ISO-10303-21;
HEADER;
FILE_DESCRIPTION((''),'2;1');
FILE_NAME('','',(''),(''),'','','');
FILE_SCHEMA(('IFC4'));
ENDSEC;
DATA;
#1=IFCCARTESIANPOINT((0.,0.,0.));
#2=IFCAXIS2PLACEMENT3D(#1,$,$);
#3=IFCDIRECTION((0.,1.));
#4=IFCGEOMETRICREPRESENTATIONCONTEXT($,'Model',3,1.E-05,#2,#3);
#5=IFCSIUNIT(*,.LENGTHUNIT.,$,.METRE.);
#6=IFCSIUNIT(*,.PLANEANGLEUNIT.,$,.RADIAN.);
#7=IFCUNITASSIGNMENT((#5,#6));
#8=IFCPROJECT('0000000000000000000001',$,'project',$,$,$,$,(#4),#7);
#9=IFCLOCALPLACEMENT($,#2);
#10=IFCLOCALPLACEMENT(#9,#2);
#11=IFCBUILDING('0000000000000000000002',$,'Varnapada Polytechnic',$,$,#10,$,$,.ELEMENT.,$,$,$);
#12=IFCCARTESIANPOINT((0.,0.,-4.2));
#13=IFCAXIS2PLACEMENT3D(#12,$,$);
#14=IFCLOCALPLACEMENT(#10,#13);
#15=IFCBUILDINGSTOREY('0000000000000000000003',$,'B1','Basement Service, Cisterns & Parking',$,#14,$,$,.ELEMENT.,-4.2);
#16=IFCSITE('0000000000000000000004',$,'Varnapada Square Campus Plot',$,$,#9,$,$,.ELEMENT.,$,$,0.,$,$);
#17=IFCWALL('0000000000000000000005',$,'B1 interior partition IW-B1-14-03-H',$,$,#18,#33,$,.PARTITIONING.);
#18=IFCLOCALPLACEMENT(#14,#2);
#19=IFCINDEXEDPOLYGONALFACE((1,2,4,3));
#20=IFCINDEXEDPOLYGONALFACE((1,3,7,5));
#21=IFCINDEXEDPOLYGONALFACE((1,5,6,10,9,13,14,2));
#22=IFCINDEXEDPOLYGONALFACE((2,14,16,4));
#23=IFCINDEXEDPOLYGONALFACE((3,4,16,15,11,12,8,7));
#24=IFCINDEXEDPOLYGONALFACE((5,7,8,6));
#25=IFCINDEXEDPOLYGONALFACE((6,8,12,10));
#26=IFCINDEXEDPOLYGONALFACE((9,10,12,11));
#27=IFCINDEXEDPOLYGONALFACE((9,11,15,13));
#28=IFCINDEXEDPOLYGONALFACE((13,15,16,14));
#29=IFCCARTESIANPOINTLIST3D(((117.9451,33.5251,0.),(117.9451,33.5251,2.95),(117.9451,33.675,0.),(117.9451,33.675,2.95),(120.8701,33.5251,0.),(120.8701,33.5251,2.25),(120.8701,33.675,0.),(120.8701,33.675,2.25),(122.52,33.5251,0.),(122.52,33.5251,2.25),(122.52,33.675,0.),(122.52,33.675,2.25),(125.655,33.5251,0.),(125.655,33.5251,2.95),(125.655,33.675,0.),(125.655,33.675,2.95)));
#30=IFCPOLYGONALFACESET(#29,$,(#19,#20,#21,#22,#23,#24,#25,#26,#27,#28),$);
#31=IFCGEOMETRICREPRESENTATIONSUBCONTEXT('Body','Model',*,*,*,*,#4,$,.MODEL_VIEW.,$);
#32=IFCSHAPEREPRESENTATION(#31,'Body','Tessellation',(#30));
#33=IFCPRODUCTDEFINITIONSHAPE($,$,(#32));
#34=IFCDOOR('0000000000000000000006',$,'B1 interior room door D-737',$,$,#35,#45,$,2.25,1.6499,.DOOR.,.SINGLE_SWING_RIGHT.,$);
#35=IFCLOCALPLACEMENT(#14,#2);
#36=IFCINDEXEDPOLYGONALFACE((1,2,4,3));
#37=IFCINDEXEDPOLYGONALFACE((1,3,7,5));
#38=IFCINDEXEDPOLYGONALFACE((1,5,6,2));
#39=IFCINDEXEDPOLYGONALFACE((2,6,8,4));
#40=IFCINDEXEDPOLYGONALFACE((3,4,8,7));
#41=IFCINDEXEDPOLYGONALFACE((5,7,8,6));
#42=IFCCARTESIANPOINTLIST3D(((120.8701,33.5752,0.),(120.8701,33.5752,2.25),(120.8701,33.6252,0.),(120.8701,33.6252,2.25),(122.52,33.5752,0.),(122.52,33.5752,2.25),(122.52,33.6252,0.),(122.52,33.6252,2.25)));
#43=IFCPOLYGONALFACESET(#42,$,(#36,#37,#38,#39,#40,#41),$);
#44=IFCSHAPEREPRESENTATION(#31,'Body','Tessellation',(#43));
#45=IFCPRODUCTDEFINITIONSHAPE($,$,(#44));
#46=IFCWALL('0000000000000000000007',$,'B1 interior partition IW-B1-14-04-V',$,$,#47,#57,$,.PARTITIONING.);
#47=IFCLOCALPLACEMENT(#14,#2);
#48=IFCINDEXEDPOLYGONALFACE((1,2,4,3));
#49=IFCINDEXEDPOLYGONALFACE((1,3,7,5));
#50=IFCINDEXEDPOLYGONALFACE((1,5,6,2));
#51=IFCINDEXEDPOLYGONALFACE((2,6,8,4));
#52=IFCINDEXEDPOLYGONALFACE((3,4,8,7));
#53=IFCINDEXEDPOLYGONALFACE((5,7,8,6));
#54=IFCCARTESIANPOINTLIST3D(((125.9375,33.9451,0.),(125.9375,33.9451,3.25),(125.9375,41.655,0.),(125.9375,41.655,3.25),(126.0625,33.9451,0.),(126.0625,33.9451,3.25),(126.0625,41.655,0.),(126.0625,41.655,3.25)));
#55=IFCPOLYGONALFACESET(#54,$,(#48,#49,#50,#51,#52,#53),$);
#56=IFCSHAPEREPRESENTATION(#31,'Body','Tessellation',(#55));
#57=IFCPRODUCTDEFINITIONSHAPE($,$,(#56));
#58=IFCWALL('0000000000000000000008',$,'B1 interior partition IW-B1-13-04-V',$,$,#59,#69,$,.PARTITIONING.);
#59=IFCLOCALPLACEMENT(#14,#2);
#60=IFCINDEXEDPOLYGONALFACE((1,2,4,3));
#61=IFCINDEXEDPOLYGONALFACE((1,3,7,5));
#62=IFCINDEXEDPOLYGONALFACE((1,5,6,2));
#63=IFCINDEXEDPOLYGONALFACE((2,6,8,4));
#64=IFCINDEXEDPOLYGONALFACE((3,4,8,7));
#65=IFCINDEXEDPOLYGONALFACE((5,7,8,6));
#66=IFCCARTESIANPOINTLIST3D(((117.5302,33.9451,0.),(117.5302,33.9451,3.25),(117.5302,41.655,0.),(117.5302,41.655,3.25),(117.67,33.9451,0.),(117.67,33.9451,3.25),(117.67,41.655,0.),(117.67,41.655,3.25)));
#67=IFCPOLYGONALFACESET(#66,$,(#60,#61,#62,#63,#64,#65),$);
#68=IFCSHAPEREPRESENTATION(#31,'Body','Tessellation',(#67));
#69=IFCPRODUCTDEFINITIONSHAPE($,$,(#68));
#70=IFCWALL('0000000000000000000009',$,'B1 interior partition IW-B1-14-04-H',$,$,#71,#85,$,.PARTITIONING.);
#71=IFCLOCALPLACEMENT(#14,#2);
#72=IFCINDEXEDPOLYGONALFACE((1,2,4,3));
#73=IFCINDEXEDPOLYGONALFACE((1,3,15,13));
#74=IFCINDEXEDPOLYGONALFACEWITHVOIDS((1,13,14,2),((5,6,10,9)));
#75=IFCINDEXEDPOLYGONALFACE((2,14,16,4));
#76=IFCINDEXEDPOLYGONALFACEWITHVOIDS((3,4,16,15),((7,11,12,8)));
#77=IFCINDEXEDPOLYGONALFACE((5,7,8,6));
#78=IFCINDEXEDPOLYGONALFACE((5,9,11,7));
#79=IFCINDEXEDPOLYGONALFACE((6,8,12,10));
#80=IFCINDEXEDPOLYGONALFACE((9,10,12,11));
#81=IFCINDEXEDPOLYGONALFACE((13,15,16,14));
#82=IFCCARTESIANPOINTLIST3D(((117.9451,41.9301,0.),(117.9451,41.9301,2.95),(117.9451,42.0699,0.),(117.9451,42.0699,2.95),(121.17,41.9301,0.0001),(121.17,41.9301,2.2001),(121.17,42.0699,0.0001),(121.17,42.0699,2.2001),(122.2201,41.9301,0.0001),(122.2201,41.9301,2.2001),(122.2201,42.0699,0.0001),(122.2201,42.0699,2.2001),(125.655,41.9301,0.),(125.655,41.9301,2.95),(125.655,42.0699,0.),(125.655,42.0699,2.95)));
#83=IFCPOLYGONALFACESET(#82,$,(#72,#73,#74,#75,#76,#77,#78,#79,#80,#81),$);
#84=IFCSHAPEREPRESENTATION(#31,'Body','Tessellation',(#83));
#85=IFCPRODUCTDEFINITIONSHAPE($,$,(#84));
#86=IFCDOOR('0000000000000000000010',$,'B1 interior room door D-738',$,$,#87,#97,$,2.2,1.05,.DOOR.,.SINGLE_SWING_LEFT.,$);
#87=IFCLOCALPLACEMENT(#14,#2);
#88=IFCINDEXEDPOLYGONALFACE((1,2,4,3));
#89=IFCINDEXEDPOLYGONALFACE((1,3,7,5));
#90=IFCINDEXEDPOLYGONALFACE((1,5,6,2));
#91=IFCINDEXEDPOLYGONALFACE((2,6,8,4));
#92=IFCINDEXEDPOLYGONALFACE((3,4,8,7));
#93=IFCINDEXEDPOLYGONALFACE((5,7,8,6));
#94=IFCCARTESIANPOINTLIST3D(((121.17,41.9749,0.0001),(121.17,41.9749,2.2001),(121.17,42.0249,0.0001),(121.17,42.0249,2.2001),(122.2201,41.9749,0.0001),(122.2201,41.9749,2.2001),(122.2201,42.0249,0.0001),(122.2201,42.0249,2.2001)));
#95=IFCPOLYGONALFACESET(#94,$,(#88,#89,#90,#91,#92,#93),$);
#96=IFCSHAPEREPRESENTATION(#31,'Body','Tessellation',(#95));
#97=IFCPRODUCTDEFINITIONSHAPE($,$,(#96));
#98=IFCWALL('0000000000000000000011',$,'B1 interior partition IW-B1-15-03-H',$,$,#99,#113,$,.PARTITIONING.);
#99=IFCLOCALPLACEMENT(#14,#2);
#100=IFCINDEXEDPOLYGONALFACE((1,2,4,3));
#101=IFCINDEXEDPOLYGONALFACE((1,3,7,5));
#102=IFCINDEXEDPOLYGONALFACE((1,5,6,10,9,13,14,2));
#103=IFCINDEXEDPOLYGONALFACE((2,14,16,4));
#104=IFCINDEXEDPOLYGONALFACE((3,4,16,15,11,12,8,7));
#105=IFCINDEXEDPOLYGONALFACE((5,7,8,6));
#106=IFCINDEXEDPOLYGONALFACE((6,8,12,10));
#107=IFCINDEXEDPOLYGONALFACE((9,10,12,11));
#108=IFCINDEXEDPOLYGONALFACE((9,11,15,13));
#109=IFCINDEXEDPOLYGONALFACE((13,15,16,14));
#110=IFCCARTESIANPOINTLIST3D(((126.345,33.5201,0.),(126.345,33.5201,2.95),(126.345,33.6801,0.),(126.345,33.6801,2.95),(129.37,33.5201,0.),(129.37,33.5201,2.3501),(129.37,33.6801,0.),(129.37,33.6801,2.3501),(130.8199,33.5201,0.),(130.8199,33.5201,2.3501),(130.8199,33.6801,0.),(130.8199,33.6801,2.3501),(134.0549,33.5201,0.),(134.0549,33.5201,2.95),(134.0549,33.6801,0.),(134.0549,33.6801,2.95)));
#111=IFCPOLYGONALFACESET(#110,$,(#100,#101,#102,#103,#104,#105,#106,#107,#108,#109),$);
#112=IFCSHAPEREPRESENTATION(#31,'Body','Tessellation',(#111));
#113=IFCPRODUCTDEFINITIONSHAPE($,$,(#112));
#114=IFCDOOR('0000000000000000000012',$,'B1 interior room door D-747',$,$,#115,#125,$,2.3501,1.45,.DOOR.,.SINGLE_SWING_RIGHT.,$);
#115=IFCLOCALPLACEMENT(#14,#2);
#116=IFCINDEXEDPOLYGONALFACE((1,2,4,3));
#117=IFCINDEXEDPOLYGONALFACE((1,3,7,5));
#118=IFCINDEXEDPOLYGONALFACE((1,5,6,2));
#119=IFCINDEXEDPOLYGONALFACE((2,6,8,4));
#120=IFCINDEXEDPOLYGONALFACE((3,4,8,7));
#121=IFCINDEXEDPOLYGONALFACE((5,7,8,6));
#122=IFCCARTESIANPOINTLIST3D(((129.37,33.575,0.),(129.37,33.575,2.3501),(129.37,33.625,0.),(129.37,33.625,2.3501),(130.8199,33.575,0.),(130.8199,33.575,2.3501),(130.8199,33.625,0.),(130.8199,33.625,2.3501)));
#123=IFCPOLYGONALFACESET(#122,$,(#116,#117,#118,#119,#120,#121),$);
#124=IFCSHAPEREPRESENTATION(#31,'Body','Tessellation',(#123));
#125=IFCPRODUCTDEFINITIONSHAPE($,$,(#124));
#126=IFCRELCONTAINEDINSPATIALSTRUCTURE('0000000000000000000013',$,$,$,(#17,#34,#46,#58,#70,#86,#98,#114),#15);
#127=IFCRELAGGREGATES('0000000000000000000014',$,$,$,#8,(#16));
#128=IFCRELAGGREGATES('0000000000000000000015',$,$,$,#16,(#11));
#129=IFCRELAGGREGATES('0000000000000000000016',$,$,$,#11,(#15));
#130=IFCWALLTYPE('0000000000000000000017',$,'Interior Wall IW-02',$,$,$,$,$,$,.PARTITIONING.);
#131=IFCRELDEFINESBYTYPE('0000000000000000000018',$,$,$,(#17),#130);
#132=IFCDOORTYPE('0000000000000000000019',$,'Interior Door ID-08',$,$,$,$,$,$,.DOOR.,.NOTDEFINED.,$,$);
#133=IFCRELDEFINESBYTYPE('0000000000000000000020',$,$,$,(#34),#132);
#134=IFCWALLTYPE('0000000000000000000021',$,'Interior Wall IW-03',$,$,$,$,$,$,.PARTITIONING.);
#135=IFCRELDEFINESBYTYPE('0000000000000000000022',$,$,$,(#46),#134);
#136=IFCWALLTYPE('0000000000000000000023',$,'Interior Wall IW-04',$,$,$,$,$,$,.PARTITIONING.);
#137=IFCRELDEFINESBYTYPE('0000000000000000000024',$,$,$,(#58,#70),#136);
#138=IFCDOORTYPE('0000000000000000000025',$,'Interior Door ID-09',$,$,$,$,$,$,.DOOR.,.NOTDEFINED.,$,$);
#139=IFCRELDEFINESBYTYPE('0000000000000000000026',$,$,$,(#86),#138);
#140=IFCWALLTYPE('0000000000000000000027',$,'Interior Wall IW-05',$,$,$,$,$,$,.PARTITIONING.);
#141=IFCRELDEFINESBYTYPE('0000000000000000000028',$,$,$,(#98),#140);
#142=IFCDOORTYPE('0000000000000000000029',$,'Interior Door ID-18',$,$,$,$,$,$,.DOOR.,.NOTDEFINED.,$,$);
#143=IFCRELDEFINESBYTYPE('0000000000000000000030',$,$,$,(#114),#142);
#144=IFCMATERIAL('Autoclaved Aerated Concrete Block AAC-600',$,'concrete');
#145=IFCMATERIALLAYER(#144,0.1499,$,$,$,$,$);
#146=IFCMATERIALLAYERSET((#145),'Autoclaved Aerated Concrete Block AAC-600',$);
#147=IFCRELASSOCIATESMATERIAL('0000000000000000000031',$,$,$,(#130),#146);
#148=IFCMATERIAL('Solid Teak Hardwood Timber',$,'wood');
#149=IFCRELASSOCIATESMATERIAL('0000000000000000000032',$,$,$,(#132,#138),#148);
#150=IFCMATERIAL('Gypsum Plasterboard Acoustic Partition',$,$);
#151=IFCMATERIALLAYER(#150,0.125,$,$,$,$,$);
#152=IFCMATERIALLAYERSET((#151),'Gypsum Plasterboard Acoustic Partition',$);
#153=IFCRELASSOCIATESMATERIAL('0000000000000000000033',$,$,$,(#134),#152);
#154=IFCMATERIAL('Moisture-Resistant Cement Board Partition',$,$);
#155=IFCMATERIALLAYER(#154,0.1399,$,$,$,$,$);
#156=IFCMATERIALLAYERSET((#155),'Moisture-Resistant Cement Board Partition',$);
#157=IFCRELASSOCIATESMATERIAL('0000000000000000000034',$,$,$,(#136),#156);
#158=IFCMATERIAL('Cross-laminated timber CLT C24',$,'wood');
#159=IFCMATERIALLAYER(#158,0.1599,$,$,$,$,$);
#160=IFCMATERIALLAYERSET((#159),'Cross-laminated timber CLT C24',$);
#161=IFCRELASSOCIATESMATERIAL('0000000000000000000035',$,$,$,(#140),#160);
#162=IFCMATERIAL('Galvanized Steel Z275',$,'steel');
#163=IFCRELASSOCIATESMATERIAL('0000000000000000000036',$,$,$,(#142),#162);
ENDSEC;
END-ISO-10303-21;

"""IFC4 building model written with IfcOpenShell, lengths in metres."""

from ifc_helpers import new_model, si_unit, direction, frame, frame_2d, origin, place, context, subcontext, project, spatial, rectangle, extrude, material, layer, layer_set, type_object, element, fill, save


model = new_model("IFC4")

# Units and contexts
model_context = context("Model", 3, precision=1e-05, world=origin(), true_north=direction((0.0, 1.0)))
body_context = subcontext(model_context, "Body", "Model", "MODEL_VIEW")
ifc_project = project(units=[si_unit("LENGTHUNIT", "METRE"), si_unit("PLANEANGLEUNIT", "RADIAN")], contexts=[model_context])

# Site, building, storey
site_placement = place(None, origin())
site = spatial("IfcSite", under=ifc_project, at=site_placement, Name="Varnapada Square Campus Plot", CompositionType="ELEMENT", RefElevation=0.0)
building_placement = place(site_placement, origin())
building = spatial("IfcBuilding", under=site, at=building_placement, Name="Varnapada Polytechnic", CompositionType="ELEMENT")
storey_placement = place(building_placement, frame((0.0, 0.0, -4.2)))
storey = spatial("IfcBuildingStorey", under=building, at=storey_placement, Name="B1", Description="Basement Service, Cisterns & Parking", CompositionType="ELEMENT", Elevation=-4.2)

# Wall, opening, door
ifc_material_1 = material(Name="Autoclaved Aerated Concrete Block AAC-600", Category="concrete")
ifc_layer_1 = layer(ifc_material_1, 0.1499)
ifc_layer_set_1 = layer_set([ifc_layer_1], Name="Autoclaved Aerated Concrete Block AAC-600")
wall_type_1 = type_object("IfcWallType", Name="Interior Wall IW-02", PredefinedType="PARTITIONING", material=ifc_layer_set_1)
wall_1_placement = place(storey_placement, frame((117.9451, 33.6001, 0.0), z_axis=(0.0, 0.0, 1.0), x_axis=(1.0, 0.0, 0.0)))
wall_1 = element("IfcWall", 1, at=wall_1_placement, inside=storey, type_object=wall_type_1, Name="B1 interior partition IW-B1-14-03-H", PredefinedType="PARTITIONING", context=body_context, shape_type="SweptSolid", body=[
    extrude(rectangle(XDim=7.71, YDim=0.1499, at=frame_2d((3.855, 0.0))), origin(), (0.0, 0.0, 1.0), 2.95),
])
opening_1_placement = place(wall_1_placement, frame((2.925, 0.0, 0.0)))
opening_1 = element("IfcOpeningElement", 2, at=opening_1_placement, cuts=wall_1, PredefinedType="OPENING", context=body_context, shape_type="SweptSolid", body=[
    extrude(rectangle(XDim=1.6499, YDim=2.25, at=frame_2d((0.825, 1.125))), frame((0.0, 0.085, 0.0), z_axis=(0.0, -1.0, 0.0), x_axis=(1.0, 0.0, 0.0)), (0.0, 0.0, 1.0), 0.1699),
])
ifc_material_2 = material(Name="Solid Teak Hardwood Timber", Category="wood")
door_type_1 = type_object("IfcDoorType", Name="Interior Door ID-08", OperationType="NOTDEFINED", PredefinedType="DOOR", material=ifc_material_2)
door_1_placement = place(opening_1_placement, frame((1.6499, 0.0, 0.0), z_axis=(0.0, 0.0, 1.0), x_axis=(-1.0, 0.0, 0.0)))
door_1 = element("IfcDoor", 3, at=door_1_placement, inside=storey, type_object=door_type_1, Name="B1 interior room door D-737", OperationType="SINGLE_SWING_RIGHT", OverallHeight=2.25, OverallWidth=1.6499, PredefinedType="DOOR", context=body_context, shape_type="SweptSolid", body=[
    extrude(rectangle(XDim=1.6499, YDim=2.25, at=frame_2d((0.825, 1.125))), frame((0.0, 0.0249, 0.0), z_axis=(0.0, -1.0, 0.0), x_axis=(1.0, 0.0, 0.0)), (0.0, 0.0, 1.0), 0.05),
])
fill(opening_1, door_1)

# Walls
ifc_material_3 = material(Name="Gypsum Plasterboard Acoustic Partition")
ifc_layer_2 = layer(ifc_material_3, 0.125)
ifc_layer_set_2 = layer_set([ifc_layer_2], Name="Gypsum Plasterboard Acoustic Partition")
wall_type_2 = type_object("IfcWallType", Name="Interior Wall IW-03", PredefinedType="PARTITIONING", material=ifc_layer_set_2)
wall_2_placement = place(storey_placement, frame((126.0, 33.9451, 0.0), z_axis=(0.0, 0.0, 1.0), x_axis=(0.0, 1.0, 0.0)))
element("IfcWall", 4, at=wall_2_placement, inside=storey, type_object=wall_type_2, Name="B1 interior partition IW-B1-14-04-V", PredefinedType="PARTITIONING", context=body_context, shape_type="SweptSolid", body=[
    extrude(rectangle(XDim=7.71, YDim=0.125, at=frame_2d((3.855, 0.0))), origin(), (0.0, 0.0, 1.0), 3.25),
])
ifc_material_4 = material(Name="Moisture-Resistant Cement Board Partition")
ifc_layer_3 = layer(ifc_material_4, 0.1399)
ifc_layer_set_3 = layer_set([ifc_layer_3], Name="Moisture-Resistant Cement Board Partition")
wall_type_3 = type_object("IfcWallType", Name="Interior Wall IW-04", PredefinedType="PARTITIONING", material=ifc_layer_set_3)
wall_3_placement = place(storey_placement, frame((117.6001, 33.9451, 0.0), z_axis=(0.0, 0.0, 1.0), x_axis=(0.0, 1.0, 0.0)))
element("IfcWall", 5, at=wall_3_placement, inside=storey, type_object=wall_type_3, Name="B1 interior partition IW-B1-13-04-V", PredefinedType="PARTITIONING", context=body_context, shape_type="SweptSolid", body=[
    extrude(rectangle(XDim=7.71, YDim=0.1399, at=frame_2d((3.855, 0.0))), origin(), (0.0, 0.0, 1.0), 3.25),
])

# Walls, openings, doors
wall_4_placement = place(storey_placement, frame((117.9451, 42.0, 0.0), z_axis=(0.0, 0.0, 1.0), x_axis=(1.0, 0.0, 0.0)))
wall_4 = element("IfcWall", 6, at=wall_4_placement, inside=storey, type_object=wall_type_3, Name="B1 interior partition IW-B1-14-04-H", PredefinedType="PARTITIONING", context=body_context, shape_type="SweptSolid", body=[
    extrude(rectangle(XDim=7.71, YDim=0.1399, at=frame_2d((3.855, 0.0))), origin(), (0.0, 0.0, 1.0), 2.95),
])
opening_2_placement = place(wall_4_placement, frame((3.2251, 0.0, 0.0)))
opening_2 = element("IfcOpeningElement", 7, at=opening_2_placement, cuts=wall_4, PredefinedType="OPENING", context=body_context, shape_type="SweptSolid", body=[
    extrude(rectangle(XDim=1.05, YDim=2.2, at=frame_2d((0.5249, 1.1001))), frame((0.0, 0.0798, 0.0), z_axis=(0.0, -1.0, 0.0), x_axis=(1.0, 0.0, 0.0)), (0.0, 0.0, 1.0), 0.1599),
])
door_type_2 = type_object("IfcDoorType", Name="Interior Door ID-09", OperationType="NOTDEFINED", PredefinedType="DOOR", material=ifc_material_2)
door_2_placement = place(opening_2_placement, origin())
door_2 = element("IfcDoor", 8, at=door_2_placement, inside=storey, type_object=door_type_2, Name="B1 interior room door D-738", OperationType="SINGLE_SWING_LEFT", OverallHeight=2.2, OverallWidth=1.05, PredefinedType="DOOR", context=body_context, shape_type="SweptSolid", body=[
    extrude(rectangle(XDim=1.05, YDim=2.2, at=frame_2d((0.5249, 1.1001))), frame((0.0, 0.0249, 0.0), z_axis=(0.0, -1.0, 0.0), x_axis=(1.0, 0.0, 0.0)), (0.0, 0.0, 1.0), 0.05),
])
fill(opening_2, door_2)
ifc_material_5 = material(Name="Cross-laminated timber CLT C24", Category="wood")
ifc_layer_4 = layer(ifc_material_5, 0.1599)
ifc_layer_set_4 = layer_set([ifc_layer_4], Name="Cross-laminated timber CLT C24")
wall_type_4 = type_object("IfcWallType", Name="Interior Wall IW-05", PredefinedType="PARTITIONING", material=ifc_layer_set_4)
wall_5_placement = place(storey_placement, frame((126.345, 33.6001, 0.0), z_axis=(0.0, 0.0, 1.0), x_axis=(1.0, 0.0, 0.0)))
wall_5 = element("IfcWall", 9, at=wall_5_placement, inside=storey, type_object=wall_type_4, Name="B1 interior partition IW-B1-15-03-H", PredefinedType="PARTITIONING", context=body_context, shape_type="SweptSolid", body=[
    extrude(rectangle(XDim=7.71, YDim=0.1599, at=frame_2d((3.855, 0.0))), origin(), (0.0, 0.0, 1.0), 2.95),
])
opening_3_placement = place(wall_5_placement, frame((3.0249, 0.0, 0.0)))
opening_3 = element("IfcOpeningElement", 10, at=opening_3_placement, cuts=wall_5, PredefinedType="OPENING", context=body_context, shape_type="SweptSolid", body=[
    extrude(rectangle(XDim=1.45, YDim=2.3501, at=frame_2d((0.7251, 1.175))), frame((0.0, 0.0898, 0.0), z_axis=(0.0, -1.0, 0.0), x_axis=(1.0, 0.0, 0.0)), (0.0, 0.0, 1.0), 0.1799),
])
ifc_material_6 = material(Name="Galvanized Steel Z275", Category="steel")
door_type_3 = type_object("IfcDoorType", Name="Interior Door ID-18", OperationType="NOTDEFINED", PredefinedType="DOOR", material=ifc_material_6)
door_3_placement = place(opening_3_placement, origin())
door_3 = element("IfcDoor", 11, at=door_3_placement, inside=storey, type_object=door_type_3, Name="B1 interior room door D-747", OperationType="SINGLE_SWING_RIGHT", OverallHeight=2.3501, OverallWidth=1.45, PredefinedType="DOOR", context=body_context, shape_type="SweptSolid", body=[
    extrude(rectangle(XDim=1.45, YDim=2.3501, at=frame_2d((0.7251, 1.175))), frame((0.0, 0.0249, 0.0), z_axis=(0.0, -1.0, 0.0), x_axis=(1.0, 0.0, 0.0)), (0.0, 0.0, 1.0), 0.05),
])
fill(opening_3, door_3)

save(model, "model.ifc")
